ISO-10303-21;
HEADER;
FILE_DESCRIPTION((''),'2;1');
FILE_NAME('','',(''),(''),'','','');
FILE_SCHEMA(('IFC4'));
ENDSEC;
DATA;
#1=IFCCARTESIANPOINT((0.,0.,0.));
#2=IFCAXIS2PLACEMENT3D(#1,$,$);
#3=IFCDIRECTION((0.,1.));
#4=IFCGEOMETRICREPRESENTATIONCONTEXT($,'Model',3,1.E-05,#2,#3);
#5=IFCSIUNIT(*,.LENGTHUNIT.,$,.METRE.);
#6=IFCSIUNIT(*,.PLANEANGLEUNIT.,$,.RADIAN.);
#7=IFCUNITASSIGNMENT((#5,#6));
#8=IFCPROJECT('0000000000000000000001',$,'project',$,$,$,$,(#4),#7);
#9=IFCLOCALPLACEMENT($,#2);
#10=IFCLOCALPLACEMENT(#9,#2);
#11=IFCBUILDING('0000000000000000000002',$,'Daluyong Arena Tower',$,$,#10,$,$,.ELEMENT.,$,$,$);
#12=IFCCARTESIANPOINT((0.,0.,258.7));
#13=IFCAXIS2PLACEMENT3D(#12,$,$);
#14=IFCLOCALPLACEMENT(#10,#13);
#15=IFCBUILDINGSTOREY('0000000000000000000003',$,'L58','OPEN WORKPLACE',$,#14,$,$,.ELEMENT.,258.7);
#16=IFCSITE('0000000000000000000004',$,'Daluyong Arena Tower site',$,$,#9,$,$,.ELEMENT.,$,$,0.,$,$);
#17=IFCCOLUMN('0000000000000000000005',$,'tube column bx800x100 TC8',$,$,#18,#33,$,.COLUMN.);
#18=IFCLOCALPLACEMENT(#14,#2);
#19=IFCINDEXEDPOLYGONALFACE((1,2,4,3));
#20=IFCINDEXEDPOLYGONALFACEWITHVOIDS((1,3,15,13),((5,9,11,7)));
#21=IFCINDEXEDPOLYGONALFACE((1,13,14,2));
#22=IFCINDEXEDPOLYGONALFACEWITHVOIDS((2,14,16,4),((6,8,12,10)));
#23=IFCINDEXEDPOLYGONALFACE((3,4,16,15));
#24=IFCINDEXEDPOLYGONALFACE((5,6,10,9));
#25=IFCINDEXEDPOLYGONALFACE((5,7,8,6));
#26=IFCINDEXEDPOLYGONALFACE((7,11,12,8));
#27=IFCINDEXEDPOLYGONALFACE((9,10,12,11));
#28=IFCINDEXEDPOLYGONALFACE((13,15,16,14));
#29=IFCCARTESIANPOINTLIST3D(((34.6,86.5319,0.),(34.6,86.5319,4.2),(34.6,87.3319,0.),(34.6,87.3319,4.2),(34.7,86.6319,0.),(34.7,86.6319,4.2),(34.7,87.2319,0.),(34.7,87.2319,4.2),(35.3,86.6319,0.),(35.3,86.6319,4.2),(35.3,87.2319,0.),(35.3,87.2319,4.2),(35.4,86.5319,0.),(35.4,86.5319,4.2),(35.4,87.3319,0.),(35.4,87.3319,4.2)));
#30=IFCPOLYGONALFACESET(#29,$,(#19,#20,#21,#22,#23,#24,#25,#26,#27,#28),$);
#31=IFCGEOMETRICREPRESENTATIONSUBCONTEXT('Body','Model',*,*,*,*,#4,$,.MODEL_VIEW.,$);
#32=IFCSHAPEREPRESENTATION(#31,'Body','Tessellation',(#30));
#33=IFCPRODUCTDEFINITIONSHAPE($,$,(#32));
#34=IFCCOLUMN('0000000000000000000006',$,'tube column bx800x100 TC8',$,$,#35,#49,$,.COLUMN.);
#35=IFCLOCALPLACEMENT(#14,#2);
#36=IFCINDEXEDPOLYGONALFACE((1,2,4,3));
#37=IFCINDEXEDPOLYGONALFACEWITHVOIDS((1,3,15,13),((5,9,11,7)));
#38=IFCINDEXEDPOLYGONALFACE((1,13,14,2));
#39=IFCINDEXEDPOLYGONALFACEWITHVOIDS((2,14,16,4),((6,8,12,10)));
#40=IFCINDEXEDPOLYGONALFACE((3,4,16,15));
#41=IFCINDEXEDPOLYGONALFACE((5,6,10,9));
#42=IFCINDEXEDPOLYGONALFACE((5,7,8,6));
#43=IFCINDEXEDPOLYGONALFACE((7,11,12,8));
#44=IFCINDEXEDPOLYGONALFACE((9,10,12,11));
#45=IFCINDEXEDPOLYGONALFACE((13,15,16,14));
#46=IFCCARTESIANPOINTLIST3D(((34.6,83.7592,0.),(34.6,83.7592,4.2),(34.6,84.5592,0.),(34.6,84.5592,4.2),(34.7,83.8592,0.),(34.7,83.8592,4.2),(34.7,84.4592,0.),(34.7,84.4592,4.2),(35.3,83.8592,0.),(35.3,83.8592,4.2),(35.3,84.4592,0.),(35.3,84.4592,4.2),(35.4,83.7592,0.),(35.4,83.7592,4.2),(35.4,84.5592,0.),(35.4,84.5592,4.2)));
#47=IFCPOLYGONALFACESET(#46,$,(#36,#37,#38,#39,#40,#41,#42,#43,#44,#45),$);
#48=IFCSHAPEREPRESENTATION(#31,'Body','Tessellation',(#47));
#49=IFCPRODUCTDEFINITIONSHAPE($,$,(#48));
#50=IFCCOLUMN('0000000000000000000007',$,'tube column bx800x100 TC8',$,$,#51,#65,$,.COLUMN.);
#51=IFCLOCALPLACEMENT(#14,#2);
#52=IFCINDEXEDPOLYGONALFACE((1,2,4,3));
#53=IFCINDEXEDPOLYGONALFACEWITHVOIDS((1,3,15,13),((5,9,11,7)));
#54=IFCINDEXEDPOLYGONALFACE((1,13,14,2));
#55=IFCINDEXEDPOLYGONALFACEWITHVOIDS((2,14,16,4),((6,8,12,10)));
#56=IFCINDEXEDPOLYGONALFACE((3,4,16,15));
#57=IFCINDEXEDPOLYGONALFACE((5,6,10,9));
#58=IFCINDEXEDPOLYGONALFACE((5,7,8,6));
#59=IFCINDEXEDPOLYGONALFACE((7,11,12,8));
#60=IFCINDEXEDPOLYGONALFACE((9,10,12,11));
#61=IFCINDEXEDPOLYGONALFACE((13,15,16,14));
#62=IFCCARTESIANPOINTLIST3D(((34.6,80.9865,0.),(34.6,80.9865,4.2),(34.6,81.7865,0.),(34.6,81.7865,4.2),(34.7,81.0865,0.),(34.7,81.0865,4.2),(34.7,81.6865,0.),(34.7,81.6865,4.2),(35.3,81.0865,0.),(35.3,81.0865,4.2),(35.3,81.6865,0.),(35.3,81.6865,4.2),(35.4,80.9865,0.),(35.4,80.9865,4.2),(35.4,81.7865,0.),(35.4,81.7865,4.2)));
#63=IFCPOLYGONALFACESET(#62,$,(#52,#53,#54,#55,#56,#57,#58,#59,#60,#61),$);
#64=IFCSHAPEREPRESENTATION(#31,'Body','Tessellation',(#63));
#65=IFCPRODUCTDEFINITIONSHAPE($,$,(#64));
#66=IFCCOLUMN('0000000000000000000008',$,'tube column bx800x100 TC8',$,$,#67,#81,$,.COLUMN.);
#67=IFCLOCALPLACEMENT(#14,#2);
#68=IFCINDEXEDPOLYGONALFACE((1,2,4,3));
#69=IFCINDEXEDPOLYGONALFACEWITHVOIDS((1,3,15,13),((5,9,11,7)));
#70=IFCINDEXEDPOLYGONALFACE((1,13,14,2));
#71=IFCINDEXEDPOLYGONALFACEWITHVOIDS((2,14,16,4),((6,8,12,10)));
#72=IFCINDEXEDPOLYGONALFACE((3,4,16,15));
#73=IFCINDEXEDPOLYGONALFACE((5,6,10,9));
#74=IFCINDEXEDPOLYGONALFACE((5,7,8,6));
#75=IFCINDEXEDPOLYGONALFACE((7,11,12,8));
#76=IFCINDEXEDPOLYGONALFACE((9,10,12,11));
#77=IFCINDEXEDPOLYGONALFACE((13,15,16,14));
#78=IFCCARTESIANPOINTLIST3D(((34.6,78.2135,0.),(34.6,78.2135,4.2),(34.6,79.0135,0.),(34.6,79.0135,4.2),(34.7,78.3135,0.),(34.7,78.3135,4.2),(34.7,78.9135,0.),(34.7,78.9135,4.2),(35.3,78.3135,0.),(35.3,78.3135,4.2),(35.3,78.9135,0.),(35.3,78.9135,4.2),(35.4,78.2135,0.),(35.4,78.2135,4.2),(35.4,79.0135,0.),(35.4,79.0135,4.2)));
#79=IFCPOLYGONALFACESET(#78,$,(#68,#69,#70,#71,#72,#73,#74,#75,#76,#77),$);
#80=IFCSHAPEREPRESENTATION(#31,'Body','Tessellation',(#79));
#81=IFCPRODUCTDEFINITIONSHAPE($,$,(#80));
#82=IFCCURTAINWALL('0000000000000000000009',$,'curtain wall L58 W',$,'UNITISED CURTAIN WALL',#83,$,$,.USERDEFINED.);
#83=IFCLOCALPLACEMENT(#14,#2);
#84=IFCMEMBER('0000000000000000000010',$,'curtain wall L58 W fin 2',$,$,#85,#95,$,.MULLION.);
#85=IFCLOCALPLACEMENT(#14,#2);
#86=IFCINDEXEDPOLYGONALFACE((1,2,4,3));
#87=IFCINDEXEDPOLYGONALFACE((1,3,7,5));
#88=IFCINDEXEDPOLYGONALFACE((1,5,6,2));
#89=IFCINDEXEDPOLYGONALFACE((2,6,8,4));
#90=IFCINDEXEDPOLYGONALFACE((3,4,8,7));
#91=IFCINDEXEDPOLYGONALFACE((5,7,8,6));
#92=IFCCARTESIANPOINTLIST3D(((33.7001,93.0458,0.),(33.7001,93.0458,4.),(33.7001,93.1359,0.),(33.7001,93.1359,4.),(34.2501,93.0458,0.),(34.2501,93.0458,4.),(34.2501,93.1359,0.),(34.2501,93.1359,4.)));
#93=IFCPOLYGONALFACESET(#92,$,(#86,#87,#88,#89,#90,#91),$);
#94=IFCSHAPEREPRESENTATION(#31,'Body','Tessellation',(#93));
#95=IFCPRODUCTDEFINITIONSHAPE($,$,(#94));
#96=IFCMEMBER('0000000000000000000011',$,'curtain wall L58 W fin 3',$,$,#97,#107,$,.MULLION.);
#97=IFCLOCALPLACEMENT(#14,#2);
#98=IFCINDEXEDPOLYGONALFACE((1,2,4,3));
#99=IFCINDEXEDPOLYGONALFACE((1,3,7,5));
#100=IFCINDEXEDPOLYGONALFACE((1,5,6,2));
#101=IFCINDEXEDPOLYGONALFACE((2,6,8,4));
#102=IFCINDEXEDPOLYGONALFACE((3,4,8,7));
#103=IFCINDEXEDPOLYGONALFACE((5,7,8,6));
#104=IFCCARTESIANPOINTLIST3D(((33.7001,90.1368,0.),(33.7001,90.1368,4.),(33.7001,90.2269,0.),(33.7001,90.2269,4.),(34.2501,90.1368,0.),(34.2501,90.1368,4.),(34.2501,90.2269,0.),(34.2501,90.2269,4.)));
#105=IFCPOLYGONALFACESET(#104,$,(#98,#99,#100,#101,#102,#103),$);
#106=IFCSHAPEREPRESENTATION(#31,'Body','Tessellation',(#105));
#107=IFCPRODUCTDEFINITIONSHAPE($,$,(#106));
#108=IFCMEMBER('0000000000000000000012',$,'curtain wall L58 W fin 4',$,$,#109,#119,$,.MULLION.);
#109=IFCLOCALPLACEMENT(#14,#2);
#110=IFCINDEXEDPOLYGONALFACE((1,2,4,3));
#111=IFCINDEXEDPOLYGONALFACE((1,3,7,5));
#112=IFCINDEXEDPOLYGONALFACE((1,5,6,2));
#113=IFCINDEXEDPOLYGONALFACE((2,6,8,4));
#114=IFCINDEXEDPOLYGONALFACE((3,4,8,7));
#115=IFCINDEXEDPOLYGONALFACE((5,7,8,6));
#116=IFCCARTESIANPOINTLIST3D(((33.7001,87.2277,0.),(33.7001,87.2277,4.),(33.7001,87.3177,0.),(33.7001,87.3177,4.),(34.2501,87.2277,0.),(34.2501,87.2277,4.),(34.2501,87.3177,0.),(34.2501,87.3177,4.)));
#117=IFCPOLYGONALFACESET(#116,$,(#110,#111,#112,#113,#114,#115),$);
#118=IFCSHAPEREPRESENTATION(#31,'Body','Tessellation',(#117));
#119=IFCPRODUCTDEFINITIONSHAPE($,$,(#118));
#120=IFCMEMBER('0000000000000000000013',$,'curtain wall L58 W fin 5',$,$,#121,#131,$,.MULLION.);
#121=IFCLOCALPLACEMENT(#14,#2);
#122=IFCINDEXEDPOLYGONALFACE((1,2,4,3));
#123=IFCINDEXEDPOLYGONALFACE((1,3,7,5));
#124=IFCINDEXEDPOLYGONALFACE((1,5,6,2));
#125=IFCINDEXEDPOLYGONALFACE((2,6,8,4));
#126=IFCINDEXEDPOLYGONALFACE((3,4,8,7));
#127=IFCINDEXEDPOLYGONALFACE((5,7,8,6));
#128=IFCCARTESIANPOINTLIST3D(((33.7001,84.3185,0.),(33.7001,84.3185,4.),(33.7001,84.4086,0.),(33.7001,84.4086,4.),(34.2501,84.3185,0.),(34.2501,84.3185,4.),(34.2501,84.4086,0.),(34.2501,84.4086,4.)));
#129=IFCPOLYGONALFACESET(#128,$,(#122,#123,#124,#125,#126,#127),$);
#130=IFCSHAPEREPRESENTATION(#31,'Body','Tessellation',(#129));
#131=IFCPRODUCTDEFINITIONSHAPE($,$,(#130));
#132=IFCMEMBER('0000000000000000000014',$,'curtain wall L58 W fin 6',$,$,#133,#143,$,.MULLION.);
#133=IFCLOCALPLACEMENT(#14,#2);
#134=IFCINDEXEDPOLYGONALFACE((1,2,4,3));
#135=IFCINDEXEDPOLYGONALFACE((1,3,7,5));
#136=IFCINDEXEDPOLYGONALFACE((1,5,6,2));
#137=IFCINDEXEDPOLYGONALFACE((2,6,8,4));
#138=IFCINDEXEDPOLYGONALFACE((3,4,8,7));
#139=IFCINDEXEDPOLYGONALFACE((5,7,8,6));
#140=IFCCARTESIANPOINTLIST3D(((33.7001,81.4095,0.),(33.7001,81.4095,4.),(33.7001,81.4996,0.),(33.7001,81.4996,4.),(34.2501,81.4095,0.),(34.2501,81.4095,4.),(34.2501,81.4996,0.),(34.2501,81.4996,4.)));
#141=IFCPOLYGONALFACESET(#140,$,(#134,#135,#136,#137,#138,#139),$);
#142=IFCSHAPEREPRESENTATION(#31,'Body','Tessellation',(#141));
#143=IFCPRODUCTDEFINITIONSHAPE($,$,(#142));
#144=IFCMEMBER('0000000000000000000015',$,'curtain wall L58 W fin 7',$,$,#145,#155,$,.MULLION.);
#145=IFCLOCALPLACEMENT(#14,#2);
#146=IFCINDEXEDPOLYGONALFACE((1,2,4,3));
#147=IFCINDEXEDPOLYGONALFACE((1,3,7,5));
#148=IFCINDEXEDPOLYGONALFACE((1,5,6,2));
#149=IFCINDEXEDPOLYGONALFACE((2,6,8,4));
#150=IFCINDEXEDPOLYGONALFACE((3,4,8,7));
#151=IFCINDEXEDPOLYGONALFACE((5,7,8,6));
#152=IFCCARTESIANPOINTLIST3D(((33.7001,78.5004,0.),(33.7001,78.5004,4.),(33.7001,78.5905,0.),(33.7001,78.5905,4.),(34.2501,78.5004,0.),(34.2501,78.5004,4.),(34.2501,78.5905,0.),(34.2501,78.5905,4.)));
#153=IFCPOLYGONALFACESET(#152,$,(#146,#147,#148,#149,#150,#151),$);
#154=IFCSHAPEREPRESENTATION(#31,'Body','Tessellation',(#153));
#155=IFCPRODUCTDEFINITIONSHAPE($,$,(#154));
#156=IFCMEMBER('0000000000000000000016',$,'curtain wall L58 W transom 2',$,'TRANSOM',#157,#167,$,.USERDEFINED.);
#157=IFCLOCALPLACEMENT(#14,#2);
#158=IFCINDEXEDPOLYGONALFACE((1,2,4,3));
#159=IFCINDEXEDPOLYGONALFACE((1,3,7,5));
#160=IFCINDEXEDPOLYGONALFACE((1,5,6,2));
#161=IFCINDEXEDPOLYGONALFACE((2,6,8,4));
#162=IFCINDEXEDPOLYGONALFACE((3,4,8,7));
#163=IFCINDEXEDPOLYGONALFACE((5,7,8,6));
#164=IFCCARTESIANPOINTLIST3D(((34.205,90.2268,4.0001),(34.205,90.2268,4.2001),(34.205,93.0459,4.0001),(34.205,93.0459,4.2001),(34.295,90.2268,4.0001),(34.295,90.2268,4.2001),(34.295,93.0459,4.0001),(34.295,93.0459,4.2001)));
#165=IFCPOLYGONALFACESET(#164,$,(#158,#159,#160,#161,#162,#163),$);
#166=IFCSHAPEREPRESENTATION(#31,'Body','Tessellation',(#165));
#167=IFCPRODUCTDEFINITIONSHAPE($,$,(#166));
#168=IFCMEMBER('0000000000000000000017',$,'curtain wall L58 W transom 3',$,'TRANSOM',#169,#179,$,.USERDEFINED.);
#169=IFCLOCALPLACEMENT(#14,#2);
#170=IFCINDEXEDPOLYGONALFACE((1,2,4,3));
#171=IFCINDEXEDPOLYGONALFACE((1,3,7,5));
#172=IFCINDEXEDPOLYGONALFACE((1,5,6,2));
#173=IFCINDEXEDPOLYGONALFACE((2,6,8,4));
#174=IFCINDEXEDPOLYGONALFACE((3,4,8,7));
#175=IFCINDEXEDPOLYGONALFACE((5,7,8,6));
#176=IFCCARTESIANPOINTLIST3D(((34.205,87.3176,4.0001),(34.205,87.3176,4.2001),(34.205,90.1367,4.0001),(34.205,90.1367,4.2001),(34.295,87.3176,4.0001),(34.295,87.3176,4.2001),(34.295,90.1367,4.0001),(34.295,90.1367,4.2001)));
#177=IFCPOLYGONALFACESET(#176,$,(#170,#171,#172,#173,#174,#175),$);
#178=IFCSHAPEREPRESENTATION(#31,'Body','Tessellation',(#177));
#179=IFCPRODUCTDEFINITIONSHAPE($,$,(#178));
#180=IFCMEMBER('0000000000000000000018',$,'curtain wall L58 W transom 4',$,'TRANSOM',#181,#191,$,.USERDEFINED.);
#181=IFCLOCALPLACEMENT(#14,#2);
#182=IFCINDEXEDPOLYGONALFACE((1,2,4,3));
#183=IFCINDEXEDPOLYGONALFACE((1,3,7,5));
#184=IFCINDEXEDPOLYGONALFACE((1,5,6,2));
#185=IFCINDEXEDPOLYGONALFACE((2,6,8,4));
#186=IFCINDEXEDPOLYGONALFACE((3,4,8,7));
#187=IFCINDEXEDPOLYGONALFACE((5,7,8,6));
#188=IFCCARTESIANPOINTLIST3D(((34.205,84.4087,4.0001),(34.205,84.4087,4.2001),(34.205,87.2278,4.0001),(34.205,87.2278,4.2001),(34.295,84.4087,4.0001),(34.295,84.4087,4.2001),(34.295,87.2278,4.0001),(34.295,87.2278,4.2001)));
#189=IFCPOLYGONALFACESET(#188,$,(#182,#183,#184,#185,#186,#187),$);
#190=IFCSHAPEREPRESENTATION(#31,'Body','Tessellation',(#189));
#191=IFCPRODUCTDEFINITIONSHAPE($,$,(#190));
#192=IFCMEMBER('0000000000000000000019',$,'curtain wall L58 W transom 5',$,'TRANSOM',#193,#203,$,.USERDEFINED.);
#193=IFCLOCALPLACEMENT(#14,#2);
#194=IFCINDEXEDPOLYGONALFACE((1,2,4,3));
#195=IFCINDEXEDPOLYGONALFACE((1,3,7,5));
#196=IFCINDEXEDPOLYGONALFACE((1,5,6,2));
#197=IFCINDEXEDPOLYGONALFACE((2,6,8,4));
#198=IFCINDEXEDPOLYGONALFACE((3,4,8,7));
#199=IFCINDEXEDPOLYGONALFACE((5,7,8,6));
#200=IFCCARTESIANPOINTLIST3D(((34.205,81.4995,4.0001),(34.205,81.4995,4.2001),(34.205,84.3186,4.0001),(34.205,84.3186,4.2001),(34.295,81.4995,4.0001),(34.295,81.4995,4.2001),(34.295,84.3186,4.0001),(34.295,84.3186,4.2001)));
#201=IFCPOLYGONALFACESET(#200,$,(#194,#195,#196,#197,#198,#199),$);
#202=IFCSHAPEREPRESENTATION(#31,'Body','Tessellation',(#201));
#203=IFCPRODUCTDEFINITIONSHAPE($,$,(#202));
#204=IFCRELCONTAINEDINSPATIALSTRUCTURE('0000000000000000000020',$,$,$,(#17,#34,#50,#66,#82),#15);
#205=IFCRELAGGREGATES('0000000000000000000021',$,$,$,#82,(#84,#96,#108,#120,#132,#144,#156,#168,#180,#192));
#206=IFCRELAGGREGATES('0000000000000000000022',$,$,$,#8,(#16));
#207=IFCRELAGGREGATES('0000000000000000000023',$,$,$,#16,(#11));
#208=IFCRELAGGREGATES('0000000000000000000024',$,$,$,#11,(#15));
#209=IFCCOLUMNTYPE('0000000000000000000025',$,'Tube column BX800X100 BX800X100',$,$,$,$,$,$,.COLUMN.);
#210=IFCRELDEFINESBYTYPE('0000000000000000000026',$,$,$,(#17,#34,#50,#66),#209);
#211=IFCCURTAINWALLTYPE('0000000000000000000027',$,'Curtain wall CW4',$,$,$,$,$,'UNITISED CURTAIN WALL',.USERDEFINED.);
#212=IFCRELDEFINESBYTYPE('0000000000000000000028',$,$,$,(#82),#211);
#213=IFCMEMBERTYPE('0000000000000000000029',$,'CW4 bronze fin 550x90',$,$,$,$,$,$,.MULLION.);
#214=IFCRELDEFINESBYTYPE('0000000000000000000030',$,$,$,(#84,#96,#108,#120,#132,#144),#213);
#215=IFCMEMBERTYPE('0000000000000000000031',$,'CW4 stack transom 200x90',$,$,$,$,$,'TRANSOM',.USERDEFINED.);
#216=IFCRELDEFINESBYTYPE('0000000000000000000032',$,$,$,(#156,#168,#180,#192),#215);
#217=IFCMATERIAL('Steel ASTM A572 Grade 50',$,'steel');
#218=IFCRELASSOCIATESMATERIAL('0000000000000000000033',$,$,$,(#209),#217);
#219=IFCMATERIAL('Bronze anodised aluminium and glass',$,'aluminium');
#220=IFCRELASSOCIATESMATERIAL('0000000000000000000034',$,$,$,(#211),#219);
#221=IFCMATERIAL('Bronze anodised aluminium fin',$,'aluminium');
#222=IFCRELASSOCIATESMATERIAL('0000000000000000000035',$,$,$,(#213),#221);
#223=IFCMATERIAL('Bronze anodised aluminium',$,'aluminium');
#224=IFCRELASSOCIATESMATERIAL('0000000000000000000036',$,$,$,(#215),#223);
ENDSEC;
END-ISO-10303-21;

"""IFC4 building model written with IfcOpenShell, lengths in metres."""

from ifc_helpers import new_model, si_unit, direction, frame, origin, origin_2d, place, context, subcontext, project, spatial, rectangle, hollow_rectangle, extrude, material, material_profile, profile_set, type_object, element, aggregate, save


model = new_model("IFC4")

# Units and contexts
model_context = context("Model", 3, precision=1e-05, world=origin(), true_north=direction((0.0, 1.0)))
body_context = subcontext(model_context, "Body", "Model", "MODEL_VIEW")
ifc_project = project(units=[si_unit("LENGTHUNIT", "METRE"), si_unit("PLANEANGLEUNIT", "RADIAN")], contexts=[model_context])

# Site, building, storey
site_placement = place(None, origin())
site = spatial("IfcSite", under=ifc_project, at=site_placement, Name="Daluyong Arena Tower site", CompositionType="ELEMENT", RefElevation=0.0)
building_placement = place(site_placement, origin())
building = spatial("IfcBuilding", under=site, at=building_placement, Name="Daluyong Arena Tower", CompositionType="ELEMENT")
storey_placement = place(building_placement, frame((0.0, 0.0, 258.7)))
storey = spatial("IfcBuildingStorey", under=building, at=storey_placement, Name="L58", Description="OPEN WORKPLACE", CompositionType="ELEMENT", Elevation=258.7)

# Columns
ifc_material_1 = material(Name="Steel ASTM A572 Grade 50", Category="steel")
ifc_material_profile_1 = material_profile(ifc_material_1, hollow_rectangle(XDim=0.8, YDim=0.8, WallThickness=0.1, at=origin_2d()))
ifc_profile_set_1 = profile_set([ifc_material_profile_1], Name="Steel ASTM A572 Grade 50")
column_type = type_object("IfcColumnType", Name="Tube column BX800X100 BX800X100", PredefinedType="COLUMN", material=ifc_profile_set_1)
for number, where, z_axis, x_axis, name in (
    (1, (35.0, 86.9319, 0.0), (0.0, 0.0, 1.0), (0.0, 1.0, 0.0), "tube column bx800x100 TC8"),
    (2, (35.0, 84.1592, 0.0), (0.0, 0.0, 1.0), (0.0, 1.0, 0.0), "tube column bx800x100 TC8"),
    (3, (35.0, 81.3865, 0.0), (0.0, 0.0, 1.0), (0.0, 1.0, 0.0), "tube column bx800x100 TC8"),
    (4, (35.0, 78.6135, 0.0), (0.0, 0.0, 1.0), (0.0, 1.0, 0.0), "tube column bx800x100 TC8"),
):
    element("IfcColumn", number, at=place(storey_placement, frame(where, z_axis=z_axis, x_axis=x_axis)), inside=storey, type_object=column_type, Name=name, PredefinedType="COLUMN", context=body_context, shape_type="SweptSolid", body=[
        extrude(hollow_rectangle(XDim=0.8, YDim=0.8, WallThickness=0.1, at=origin_2d()), origin(), (0.0, 0.0, 1.0), 4.2),
    ])

# Curtain wall, members
ifc_material_2 = material(Name="Bronze anodised aluminium and glass", Category="aluminium")
curtain_wall_type = type_object("IfcCurtainWallType", Name="Curtain wall CW4", ElementType="UNITISED CURTAIN WALL", PredefinedType="USERDEFINED", material=ifc_material_2)
curtain_wall_placement = place(storey_placement, origin())
curtain_wall = element("IfcCurtainWall", 5, at=curtain_wall_placement, inside=storey, type_object=curtain_wall_type, Name="curtain wall L58 W", ObjectType="UNITISED CURTAIN WALL", PredefinedType="USERDEFINED")
ifc_material_3 = material(Name="Bronze anodised aluminium fin", Category="aluminium")
ifc_material_profile_2 = material_profile(ifc_material_3, rectangle(XDim=0.55, YDim=0.0901, at=origin_2d()))
ifc_profile_set_2 = profile_set([ifc_material_profile_2], Name="Bronze anodised aluminium fin")
member_type_1 = type_object("IfcMemberType", Name="CW4 bronze fin 550x90", PredefinedType="MULLION", material=ifc_profile_set_2)
member_1_placement = place(storey_placement, frame((33.9751, 93.0908, 0.0), z_axis=(0.0, 0.0, 1.0), x_axis=(1.0, 0.0, 0.0)))
member_1 = element("IfcMember", 6, at=member_1_placement, type_object=member_type_1, Name="curtain wall L58 W fin 2", PredefinedType="MULLION", context=body_context, shape_type="SweptSolid", body=[
    extrude(rectangle(XDim=0.55, YDim=0.0901, at=origin_2d()), origin(), (0.0, 0.0, 1.0), 4.0),
])
member_2_placement = place(storey_placement, frame((33.9751, 90.1819, 0.0), z_axis=(0.0, 0.0, 1.0), x_axis=(1.0, 0.0, 0.0)))
member_2 = element("IfcMember", 7, at=member_2_placement, type_object=member_type_1, Name="curtain wall L58 W fin 3", PredefinedType="MULLION", context=body_context, shape_type="SweptSolid", body=[
    extrude(rectangle(XDim=0.55, YDim=0.0901, at=origin_2d()), origin(), (0.0, 0.0, 1.0), 4.0),
])
member_3_placement = place(storey_placement, frame((33.9751, 87.2727, 0.0), z_axis=(0.0, 0.0, 1.0), x_axis=(1.0, 0.0, 0.0)))
member_3 = element("IfcMember", 8, at=member_3_placement, type_object=member_type_1, Name="curtain wall L58 W fin 4", PredefinedType="MULLION", context=body_context, shape_type="SweptSolid", body=[
    extrude(rectangle(XDim=0.55, YDim=0.0901, at=origin_2d()), origin(), (0.0, 0.0, 1.0), 4.0),
])
member_4_placement = place(storey_placement, frame((33.9751, 84.3635, 0.0), z_axis=(0.0, 0.0, 1.0), x_axis=(1.0, 0.0, 0.0)))
member_4 = element("IfcMember", 9, at=member_4_placement, type_object=member_type_1, Name="curtain wall L58 W fin 5", PredefinedType="MULLION", context=body_context, shape_type="SweptSolid", body=[
    extrude(rectangle(XDim=0.55, YDim=0.0901, at=origin_2d()), origin(), (0.0, 0.0, 1.0), 4.0),
])
member_5_placement = place(storey_placement, frame((33.9751, 81.4546, 0.0), z_axis=(0.0, 0.0, 1.0), x_axis=(1.0, 0.0, 0.0)))
member_5 = element("IfcMember", 10, at=member_5_placement, type_object=member_type_1, Name="curtain wall L58 W fin 6", PredefinedType="MULLION", context=body_context, shape_type="SweptSolid", body=[
    extrude(rectangle(XDim=0.55, YDim=0.0901, at=origin_2d()), origin(), (0.0, 0.0, 1.0), 4.0),
])
member_6_placement = place(storey_placement, frame((33.9751, 78.5454, 0.0), z_axis=(0.0, 0.0, 1.0), x_axis=(1.0, 0.0, 0.0)))
member_6 = element("IfcMember", 11, at=member_6_placement, type_object=member_type_1, Name="curtain wall L58 W fin 7", PredefinedType="MULLION", context=body_context, shape_type="SweptSolid", body=[
    extrude(rectangle(XDim=0.55, YDim=0.0901, at=origin_2d()), origin(), (0.0, 0.0, 1.0), 4.0),
])
ifc_material_4 = material(Name="Bronze anodised aluminium", Category="aluminium")
ifc_material_profile_3 = material_profile(ifc_material_4, rectangle(XDim=0.0901, YDim=0.2, at=origin_2d()))
ifc_profile_set_3 = profile_set([ifc_material_profile_3], Name="Bronze anodised aluminium")
member_type_2 = type_object("IfcMemberType", Name="CW4 stack transom 200x90", ElementType="TRANSOM", PredefinedType="USERDEFINED", material=ifc_profile_set_3)
member_7_placement = place(storey_placement, frame((34.25, 93.0459, 4.1001), z_axis=(0.0, -1.0, 0.0), x_axis=(1.0, 0.0, 0.0)))
member_7 = element("IfcMember", 12, at=member_7_placement, type_object=member_type_2, Name="curtain wall L58 W transom 2", ObjectType="TRANSOM", PredefinedType="USERDEFINED", context=body_context, shape_type="SweptSolid", body=[
    extrude(rectangle(XDim=0.0901, YDim=0.2, at=origin_2d()), origin(), (0.0, 0.0, 1.0), 2.8191),
])
member_8_placement = place(storey_placement, frame((34.25, 90.1367, 4.1001), z_axis=(0.0, -1.0, 0.0), x_axis=(1.0, 0.0, 0.0)))
member_8 = element("IfcMember", 13, at=member_8_placement, type_object=member_type_2, Name="curtain wall L58 W transom 3", ObjectType="TRANSOM", PredefinedType="USERDEFINED", context=body_context, shape_type="SweptSolid", body=[
    extrude(rectangle(XDim=0.0901, YDim=0.2, at=origin_2d()), origin(), (0.0, 0.0, 1.0), 2.8191),
])
member_9_placement = place(storey_placement, frame((34.25, 87.2278, 4.1001), z_axis=(0.0, -1.0, 0.0), x_axis=(1.0, 0.0, 0.0)))
member_9 = element("IfcMember", 14, at=member_9_placement, type_object=member_type_2, Name="curtain wall L58 W transom 4", ObjectType="TRANSOM", PredefinedType="USERDEFINED", context=body_context, shape_type="SweptSolid", body=[
    extrude(rectangle(XDim=0.0901, YDim=0.2, at=origin_2d()), origin(), (0.0, 0.0, 1.0), 2.8191),
])
member_10_placement = place(storey_placement, frame((34.25, 84.3186, 4.1001), z_axis=(0.0, -1.0, 0.0), x_axis=(1.0, 0.0, 0.0)))
member_10 = element("IfcMember", 15, at=member_10_placement, type_object=member_type_2, Name="curtain wall L58 W transom 5", ObjectType="TRANSOM", PredefinedType="USERDEFINED", context=body_context, shape_type="SweptSolid", body=[
    extrude(rectangle(XDim=0.0901, YDim=0.2, at=origin_2d()), origin(), (0.0, 0.0, 1.0), 2.8191),
])

aggregate(curtain_wall, [member_1, member_2, member_3, member_4, member_5, member_6, member_7, member_8, member_9, member_10])

save(model, "model.ifc")
